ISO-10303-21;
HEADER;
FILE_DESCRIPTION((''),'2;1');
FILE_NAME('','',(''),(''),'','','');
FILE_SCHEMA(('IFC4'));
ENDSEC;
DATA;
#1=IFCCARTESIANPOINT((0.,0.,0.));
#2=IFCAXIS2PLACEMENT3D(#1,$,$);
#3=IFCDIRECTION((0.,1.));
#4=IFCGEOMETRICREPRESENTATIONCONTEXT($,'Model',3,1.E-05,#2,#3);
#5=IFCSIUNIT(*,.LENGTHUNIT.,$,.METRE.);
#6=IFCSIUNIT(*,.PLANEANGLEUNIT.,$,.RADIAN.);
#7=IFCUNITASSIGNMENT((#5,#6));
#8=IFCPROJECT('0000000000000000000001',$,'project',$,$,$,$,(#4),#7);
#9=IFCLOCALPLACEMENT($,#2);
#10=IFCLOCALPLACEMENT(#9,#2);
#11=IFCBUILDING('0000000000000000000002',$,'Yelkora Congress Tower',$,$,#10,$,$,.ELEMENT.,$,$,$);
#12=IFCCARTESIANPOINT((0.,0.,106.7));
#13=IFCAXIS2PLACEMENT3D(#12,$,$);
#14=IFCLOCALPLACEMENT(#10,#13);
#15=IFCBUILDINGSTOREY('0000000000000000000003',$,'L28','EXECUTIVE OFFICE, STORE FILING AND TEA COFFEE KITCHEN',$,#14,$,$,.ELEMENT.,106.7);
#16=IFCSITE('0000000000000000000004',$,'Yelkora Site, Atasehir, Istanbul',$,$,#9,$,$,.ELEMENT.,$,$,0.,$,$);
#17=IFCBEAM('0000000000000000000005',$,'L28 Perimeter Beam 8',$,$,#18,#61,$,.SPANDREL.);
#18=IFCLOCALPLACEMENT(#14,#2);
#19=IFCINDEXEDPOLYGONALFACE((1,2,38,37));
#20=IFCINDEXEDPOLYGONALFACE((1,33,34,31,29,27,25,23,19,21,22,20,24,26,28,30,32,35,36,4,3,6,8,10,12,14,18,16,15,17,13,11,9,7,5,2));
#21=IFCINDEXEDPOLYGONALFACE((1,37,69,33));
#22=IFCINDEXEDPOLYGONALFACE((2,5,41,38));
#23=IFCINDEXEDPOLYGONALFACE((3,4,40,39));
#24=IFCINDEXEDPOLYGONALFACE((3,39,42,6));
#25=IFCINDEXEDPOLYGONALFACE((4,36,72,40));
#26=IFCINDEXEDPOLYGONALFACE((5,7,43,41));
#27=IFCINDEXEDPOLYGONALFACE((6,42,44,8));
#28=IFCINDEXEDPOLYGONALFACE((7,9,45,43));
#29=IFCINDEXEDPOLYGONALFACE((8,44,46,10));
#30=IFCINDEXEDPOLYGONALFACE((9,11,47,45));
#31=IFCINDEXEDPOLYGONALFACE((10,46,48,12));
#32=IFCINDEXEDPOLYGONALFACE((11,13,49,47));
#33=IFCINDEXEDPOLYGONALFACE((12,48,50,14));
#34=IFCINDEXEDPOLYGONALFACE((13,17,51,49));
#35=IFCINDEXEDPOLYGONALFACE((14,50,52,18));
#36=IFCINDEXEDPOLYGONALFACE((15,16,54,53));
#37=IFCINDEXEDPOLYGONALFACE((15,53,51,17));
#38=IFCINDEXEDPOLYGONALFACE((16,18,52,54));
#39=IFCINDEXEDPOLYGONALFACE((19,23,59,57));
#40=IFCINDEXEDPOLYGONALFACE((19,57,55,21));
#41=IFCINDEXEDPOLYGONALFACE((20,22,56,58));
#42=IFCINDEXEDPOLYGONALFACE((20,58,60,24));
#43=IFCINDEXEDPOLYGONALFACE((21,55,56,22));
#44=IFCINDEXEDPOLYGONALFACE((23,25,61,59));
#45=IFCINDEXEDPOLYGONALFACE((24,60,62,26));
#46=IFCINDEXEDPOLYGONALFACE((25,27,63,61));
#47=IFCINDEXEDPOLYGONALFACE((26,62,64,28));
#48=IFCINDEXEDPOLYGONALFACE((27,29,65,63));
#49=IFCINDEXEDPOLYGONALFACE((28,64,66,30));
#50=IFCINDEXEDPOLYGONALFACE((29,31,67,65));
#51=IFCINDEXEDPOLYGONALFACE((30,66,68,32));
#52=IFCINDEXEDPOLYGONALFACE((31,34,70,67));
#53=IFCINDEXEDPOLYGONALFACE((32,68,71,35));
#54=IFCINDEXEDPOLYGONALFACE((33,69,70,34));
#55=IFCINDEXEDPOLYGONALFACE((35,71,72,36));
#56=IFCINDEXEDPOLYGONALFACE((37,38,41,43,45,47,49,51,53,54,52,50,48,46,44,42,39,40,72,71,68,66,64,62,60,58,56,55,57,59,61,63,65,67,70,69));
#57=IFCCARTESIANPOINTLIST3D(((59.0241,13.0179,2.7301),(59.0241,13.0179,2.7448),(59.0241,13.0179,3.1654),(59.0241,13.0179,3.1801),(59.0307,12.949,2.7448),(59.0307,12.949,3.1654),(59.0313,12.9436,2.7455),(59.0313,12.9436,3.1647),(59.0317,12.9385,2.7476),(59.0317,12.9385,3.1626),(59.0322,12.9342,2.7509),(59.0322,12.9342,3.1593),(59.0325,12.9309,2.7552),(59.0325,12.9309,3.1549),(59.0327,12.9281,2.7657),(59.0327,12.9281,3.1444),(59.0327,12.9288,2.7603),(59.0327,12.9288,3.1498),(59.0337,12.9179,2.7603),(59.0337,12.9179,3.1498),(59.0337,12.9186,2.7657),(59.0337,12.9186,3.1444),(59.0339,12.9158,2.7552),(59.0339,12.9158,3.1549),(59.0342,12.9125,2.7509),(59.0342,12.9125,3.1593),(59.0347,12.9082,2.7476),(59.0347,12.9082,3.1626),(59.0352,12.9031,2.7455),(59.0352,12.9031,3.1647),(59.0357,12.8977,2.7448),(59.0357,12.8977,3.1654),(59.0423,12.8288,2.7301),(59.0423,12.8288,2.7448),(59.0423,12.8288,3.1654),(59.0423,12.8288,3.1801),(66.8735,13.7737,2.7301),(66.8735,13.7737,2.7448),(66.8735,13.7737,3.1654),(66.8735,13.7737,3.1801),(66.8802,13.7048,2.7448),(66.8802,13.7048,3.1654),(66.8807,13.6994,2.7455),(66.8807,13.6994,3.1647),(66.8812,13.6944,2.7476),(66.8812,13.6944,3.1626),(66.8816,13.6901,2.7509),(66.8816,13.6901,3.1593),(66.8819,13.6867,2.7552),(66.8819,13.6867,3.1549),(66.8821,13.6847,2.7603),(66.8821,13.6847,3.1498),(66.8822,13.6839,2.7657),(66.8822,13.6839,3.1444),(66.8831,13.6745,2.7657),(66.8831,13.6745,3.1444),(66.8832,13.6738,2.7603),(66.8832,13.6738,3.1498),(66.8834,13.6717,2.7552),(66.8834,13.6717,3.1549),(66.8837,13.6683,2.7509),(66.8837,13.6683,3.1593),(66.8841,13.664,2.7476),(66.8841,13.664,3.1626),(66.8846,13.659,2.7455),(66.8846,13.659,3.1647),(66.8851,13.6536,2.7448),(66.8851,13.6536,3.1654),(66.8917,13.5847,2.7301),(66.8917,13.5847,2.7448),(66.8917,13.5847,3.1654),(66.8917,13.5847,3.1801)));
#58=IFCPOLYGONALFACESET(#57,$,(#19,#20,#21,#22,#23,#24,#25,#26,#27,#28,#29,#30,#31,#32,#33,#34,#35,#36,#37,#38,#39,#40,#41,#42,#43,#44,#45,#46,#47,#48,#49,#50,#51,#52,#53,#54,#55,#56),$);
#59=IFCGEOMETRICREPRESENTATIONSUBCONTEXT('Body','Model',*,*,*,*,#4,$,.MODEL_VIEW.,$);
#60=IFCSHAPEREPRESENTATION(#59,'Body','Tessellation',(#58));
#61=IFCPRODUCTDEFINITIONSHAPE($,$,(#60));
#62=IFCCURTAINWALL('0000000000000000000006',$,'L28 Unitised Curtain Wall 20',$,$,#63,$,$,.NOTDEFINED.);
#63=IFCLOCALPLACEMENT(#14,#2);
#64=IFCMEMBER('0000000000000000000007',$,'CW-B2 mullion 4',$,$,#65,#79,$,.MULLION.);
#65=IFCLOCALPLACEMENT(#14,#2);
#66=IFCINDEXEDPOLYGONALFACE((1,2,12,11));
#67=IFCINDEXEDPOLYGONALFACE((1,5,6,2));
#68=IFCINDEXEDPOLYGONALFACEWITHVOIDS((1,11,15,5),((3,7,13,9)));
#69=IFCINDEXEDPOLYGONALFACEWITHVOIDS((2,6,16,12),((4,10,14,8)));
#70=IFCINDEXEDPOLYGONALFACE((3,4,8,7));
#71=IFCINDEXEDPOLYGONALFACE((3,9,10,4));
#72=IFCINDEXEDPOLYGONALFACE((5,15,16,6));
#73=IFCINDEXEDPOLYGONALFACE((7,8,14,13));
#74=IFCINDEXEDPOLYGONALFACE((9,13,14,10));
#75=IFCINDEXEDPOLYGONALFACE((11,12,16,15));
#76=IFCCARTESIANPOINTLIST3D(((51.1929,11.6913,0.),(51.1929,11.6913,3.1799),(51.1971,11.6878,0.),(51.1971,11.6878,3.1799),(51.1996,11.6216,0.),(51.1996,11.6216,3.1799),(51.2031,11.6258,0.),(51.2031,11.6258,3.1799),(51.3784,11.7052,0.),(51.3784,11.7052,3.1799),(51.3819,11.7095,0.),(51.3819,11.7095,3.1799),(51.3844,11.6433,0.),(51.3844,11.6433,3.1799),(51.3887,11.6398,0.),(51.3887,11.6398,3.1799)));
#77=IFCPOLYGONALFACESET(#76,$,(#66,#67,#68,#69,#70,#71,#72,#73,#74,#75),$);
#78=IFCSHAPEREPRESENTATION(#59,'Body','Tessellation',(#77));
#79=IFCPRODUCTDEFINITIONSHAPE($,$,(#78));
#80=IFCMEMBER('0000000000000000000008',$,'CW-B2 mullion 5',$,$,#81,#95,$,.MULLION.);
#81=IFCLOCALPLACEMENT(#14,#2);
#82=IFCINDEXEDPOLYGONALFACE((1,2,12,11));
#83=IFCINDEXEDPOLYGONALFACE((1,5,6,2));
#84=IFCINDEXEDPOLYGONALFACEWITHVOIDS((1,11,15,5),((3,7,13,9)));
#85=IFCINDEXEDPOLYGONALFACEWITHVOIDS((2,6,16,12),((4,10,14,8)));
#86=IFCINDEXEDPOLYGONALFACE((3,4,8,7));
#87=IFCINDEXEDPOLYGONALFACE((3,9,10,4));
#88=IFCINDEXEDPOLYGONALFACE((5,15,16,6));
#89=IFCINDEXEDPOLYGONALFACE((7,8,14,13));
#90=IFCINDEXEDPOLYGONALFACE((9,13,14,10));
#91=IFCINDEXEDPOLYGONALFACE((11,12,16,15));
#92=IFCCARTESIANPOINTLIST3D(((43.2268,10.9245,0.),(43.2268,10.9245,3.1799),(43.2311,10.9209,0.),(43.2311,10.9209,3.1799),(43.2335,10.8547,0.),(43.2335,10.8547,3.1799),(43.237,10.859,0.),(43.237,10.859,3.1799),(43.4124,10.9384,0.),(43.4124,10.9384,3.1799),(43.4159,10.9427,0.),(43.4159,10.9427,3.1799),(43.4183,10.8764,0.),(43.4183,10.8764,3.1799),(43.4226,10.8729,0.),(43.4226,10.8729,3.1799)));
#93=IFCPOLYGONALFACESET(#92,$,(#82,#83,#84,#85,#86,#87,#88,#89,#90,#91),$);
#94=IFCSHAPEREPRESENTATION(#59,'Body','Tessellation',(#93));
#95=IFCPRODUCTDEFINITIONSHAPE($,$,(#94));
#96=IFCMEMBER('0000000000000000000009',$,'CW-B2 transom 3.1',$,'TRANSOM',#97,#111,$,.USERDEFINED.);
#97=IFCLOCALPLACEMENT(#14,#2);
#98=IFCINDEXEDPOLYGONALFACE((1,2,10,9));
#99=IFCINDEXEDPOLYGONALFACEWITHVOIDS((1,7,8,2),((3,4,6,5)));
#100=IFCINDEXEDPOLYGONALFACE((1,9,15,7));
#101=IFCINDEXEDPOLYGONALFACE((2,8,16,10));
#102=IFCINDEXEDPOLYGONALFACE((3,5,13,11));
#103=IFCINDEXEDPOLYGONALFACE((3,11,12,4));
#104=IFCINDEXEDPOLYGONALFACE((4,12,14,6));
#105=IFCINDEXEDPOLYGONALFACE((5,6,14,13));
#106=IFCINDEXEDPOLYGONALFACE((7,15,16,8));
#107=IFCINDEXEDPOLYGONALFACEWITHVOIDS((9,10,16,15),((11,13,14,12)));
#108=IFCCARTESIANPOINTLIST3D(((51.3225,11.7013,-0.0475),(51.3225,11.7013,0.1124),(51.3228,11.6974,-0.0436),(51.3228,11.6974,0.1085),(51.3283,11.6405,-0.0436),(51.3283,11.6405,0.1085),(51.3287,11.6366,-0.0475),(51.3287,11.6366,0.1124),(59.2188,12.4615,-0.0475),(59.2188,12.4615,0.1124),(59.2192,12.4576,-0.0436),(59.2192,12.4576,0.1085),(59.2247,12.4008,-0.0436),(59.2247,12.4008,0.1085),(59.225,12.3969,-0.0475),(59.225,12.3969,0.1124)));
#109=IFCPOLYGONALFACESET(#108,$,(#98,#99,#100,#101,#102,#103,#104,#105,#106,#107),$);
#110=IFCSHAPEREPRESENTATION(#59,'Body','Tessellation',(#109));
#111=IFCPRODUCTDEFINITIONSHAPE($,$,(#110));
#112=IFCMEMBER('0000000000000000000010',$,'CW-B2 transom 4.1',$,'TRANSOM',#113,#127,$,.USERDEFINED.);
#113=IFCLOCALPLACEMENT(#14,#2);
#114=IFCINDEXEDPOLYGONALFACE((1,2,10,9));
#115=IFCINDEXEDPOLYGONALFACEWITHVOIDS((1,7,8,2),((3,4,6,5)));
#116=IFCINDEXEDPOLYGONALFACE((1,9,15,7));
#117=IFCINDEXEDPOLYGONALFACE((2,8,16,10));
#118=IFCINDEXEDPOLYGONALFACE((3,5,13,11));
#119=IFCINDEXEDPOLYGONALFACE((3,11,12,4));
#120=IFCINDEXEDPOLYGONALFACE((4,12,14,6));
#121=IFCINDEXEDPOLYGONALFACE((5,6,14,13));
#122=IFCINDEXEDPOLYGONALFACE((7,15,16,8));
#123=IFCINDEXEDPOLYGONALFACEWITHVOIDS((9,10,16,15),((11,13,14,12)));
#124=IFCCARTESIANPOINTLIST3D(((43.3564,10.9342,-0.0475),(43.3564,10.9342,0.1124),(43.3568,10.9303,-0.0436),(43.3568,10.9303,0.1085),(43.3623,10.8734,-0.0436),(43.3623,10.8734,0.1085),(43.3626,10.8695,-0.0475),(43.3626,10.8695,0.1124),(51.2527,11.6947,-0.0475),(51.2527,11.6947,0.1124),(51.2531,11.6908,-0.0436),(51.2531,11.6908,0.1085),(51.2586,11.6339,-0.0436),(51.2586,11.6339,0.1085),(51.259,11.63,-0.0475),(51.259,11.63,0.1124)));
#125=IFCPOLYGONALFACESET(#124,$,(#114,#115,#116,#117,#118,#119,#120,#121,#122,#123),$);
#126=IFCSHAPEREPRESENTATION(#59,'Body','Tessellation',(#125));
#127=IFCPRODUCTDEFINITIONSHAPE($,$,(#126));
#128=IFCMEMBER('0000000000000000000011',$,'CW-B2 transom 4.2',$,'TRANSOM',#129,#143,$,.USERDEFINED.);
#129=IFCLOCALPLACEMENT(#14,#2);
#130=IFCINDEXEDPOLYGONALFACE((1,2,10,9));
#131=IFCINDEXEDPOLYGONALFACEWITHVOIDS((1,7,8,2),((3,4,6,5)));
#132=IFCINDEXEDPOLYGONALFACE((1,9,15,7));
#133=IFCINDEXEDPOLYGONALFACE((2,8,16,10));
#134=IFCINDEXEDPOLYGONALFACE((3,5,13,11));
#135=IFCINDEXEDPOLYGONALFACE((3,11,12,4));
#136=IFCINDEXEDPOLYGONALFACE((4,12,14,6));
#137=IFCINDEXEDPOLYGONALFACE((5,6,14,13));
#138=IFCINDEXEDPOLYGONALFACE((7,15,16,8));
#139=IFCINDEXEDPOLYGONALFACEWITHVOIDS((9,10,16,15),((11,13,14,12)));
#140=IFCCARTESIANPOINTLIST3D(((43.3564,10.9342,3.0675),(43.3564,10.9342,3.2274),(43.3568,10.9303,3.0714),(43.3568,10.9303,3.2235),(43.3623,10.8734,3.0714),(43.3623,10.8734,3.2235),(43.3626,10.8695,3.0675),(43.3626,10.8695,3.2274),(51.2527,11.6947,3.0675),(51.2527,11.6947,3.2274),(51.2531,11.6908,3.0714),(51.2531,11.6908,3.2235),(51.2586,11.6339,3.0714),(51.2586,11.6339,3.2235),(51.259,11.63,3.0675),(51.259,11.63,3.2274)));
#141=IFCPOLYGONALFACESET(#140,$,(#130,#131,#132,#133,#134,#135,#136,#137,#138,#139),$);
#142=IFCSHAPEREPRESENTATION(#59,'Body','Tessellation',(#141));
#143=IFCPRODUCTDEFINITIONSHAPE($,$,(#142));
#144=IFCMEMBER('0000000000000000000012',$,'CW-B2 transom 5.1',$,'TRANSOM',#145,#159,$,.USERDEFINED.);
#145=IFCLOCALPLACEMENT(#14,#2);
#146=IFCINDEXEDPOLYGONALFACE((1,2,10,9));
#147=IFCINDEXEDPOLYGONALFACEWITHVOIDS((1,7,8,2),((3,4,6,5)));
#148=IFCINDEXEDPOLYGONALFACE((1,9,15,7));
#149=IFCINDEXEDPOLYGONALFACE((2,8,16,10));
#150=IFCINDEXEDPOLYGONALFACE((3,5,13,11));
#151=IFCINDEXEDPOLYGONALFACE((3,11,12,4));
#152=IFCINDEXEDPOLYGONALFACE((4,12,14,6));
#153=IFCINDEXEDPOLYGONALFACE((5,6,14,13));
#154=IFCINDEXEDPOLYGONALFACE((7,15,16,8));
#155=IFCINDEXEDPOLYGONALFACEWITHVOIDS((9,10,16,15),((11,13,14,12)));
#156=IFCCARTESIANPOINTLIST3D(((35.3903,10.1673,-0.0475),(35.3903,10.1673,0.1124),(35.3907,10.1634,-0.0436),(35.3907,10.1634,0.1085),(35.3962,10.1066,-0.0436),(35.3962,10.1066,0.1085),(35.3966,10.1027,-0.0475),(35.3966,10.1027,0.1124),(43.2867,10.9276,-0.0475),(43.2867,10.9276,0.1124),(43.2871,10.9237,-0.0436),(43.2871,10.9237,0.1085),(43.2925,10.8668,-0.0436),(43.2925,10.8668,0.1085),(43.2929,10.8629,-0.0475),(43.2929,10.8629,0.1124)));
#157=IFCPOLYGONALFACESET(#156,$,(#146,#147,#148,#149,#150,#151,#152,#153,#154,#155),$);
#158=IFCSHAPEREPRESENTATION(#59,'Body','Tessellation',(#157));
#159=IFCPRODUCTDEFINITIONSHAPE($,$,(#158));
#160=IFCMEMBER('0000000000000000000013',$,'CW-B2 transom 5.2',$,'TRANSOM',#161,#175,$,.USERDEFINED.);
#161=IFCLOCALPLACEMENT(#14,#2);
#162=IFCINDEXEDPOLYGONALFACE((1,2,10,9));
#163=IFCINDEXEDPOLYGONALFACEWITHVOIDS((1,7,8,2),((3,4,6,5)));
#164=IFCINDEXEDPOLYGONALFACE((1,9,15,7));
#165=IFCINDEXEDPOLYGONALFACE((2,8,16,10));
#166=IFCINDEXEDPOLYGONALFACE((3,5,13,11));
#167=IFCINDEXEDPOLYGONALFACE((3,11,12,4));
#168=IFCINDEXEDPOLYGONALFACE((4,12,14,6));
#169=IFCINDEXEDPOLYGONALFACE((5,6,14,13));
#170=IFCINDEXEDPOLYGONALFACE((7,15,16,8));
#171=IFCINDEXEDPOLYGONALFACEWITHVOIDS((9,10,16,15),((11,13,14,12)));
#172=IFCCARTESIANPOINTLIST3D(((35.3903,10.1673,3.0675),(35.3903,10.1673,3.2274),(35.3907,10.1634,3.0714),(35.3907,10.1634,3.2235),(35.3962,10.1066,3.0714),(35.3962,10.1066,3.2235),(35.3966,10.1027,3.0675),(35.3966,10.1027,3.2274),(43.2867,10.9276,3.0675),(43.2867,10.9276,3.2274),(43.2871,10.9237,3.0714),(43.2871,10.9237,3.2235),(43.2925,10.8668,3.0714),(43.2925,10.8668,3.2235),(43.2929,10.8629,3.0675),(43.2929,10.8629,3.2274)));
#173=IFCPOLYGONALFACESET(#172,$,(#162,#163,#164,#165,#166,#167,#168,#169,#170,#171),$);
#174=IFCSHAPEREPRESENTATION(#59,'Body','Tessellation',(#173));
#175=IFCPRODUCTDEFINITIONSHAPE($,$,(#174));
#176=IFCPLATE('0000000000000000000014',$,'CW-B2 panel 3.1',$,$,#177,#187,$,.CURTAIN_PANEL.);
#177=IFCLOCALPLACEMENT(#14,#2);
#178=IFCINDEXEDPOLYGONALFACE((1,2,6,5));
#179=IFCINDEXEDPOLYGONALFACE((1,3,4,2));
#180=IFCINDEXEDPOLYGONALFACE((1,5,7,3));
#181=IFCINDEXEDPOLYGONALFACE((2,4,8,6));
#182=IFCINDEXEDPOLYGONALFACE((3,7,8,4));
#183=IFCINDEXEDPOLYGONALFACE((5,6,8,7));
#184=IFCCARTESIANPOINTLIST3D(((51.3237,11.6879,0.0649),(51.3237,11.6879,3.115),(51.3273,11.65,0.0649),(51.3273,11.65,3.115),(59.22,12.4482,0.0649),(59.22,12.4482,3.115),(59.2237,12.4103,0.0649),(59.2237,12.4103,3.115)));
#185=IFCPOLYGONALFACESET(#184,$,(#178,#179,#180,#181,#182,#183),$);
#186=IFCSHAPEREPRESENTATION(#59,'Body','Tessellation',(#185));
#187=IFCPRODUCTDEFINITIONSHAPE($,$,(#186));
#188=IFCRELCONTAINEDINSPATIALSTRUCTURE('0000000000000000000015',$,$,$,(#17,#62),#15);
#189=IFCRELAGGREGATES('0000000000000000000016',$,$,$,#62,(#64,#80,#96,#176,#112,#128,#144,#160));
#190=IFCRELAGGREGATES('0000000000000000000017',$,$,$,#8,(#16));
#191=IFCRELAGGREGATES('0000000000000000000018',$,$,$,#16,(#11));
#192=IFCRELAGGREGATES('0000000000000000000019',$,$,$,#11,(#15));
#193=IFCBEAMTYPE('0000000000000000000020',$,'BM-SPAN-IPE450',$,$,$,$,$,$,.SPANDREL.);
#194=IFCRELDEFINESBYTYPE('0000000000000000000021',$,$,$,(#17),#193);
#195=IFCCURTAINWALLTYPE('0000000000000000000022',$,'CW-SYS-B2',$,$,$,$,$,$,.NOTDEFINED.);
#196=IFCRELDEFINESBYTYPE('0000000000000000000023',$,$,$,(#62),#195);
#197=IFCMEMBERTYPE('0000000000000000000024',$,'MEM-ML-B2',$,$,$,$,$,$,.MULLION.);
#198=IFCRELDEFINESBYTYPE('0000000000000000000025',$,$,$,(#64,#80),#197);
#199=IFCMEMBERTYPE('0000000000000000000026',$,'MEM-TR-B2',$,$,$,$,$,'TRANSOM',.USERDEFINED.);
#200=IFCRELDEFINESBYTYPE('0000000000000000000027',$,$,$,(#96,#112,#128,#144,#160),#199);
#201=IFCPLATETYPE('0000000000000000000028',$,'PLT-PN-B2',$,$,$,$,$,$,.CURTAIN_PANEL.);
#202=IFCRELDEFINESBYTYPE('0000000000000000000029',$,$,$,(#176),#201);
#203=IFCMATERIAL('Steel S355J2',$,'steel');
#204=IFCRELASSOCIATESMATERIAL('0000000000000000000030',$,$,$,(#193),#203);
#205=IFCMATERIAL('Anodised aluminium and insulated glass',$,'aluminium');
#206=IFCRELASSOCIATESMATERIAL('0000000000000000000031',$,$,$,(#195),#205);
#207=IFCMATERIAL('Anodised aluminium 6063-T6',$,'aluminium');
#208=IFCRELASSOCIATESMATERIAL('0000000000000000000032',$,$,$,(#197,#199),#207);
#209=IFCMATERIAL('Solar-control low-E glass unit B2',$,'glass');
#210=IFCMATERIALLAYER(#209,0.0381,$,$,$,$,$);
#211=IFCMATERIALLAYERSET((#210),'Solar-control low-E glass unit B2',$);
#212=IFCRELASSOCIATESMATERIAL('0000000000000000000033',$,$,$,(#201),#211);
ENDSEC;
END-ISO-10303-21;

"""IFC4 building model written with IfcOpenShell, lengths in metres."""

from ifc_helpers import new_model, si_unit, direction, frame, origin, origin_2d, place, context, subcontext, project, spatial, rectangle, hollow_rectangle, i_section, extrude, material, layer, layer_set, material_profile, profile_set, type_object, element, aggregate, save


model = new_model("IFC4")

# Units and contexts
model_context = context("Model", 3, precision=1e-05, world=origin(), true_north=direction((0.0, 1.0)))
body_context = subcontext(model_context, "Body", "Model", "MODEL_VIEW")
ifc_project = project(units=[si_unit("LENGTHUNIT", "METRE"), si_unit("PLANEANGLEUNIT", "RADIAN")], contexts=[model_context])

# Site, building, storey
site_placement = place(None, origin())
site = spatial("IfcSite", under=ifc_project, at=site_placement, Name="Yelkora Site, Atasehir, Istanbul", CompositionType="ELEMENT", RefElevation=0.0)
building_placement = place(site_placement, origin())
building = spatial("IfcBuilding", under=site, at=building_placement, Name="Yelkora Congress Tower", CompositionType="ELEMENT")
storey_placement = place(building_placement, frame((0.0, 0.0, 106.7)))
storey = spatial("IfcBuildingStorey", under=building, at=storey_placement, Name="L28", Description="EXECUTIVE OFFICE, STORE FILING AND TEA COFFEE KITCHEN", CompositionType="ELEMENT", Elevation=106.7)

# Beam
ifc_material_1 = material(Name="Steel S355J2", Category="steel")
ifc_material_profile_1 = material_profile(ifc_material_1, i_section(OverallWidth=0.1899, OverallDepth=0.45, WebThickness=0.0095, FlangeThickness=0.0146, FilletRadius=0.021, at=origin_2d()), Name="IPE 450")
ifc_profile_set_1 = profile_set([ifc_material_profile_1], Name="Steel S355J2")
beam_type_1 = type_object("IfcBeamType", Name="BM-SPAN-IPE450", PredefinedType="SPANDREL", material=ifc_profile_set_1)
beam_1_placement = place(storey_placement, frame((59.0332, 12.9233, 2.9551), z_axis=(0.995396, 0.095852, 0.0), x_axis=(-0.095852, 0.995396, 0.0)))
element("IfcBeam", 1, at=beam_1_placement, inside=storey, type_object=beam_type_1, Name="L28 Perimeter Beam 8", PredefinedType="SPANDREL", context=body_context, shape_type="SweptSolid", body=[
    extrude(i_section(OverallWidth=0.1899, OverallDepth=0.45, WebThickness=0.0095, FlangeThickness=0.0146, FilletRadius=0.021, at=origin_2d()), origin(), (0.0, 0.0, 1.0), 7.8857),
])

# Curtain wall, members, plate
ifc_material_2 = material(Name="Anodised aluminium and insulated glass", Category="aluminium")
curtain_wall_type = type_object("IfcCurtainWallType", Name="CW-SYS-B2", PredefinedType="NOTDEFINED", material=ifc_material_2)
curtain_wall_placement = place(storey_placement, origin())
curtain_wall = element("IfcCurtainWall", 2, at=curtain_wall_placement, inside=storey, type_object=curtain_wall_type, Name="L28 Unitised Curtain Wall 20", PredefinedType="NOTDEFINED")
ifc_material_3 = material(Name="Anodised aluminium 6063-T6", Category="aluminium")
ifc_material_profile_2 = material_profile(ifc_material_3, hollow_rectangle(XDim=0.0701, YDim=0.1899, WallThickness=0.0039, at=origin_2d()), Name="ALU 70x190x4")
ifc_profile_set_2 = profile_set([ifc_material_profile_2], Name="Anodised aluminium 6063-T6")
member_type_1 = type_object("IfcMemberType", Name="MEM-ML-B2", PredefinedType="MULLION", material=ifc_profile_set_2)
member_1_placement = place(storey_placement, frame((51.2908, 11.6655, 0.0), z_axis=(0.0, 0.0, 1.0), x_axis=(0.095844, -0.995396, 0.0)))
member_1 = element("IfcMember", 3, at=member_1_placement, type_object=member_type_1, Name="CW-B2 mullion 4", PredefinedType="MULLION", context=body_context, shape_type="SweptSolid", body=[
    extrude(hollow_rectangle(XDim=0.0701, YDim=0.1899, WallThickness=0.0039, at=origin_2d()), origin(), (0.0, 0.0, 1.0), 3.1799),
])
member_2_placement = place(storey_placement, frame((43.3247, 10.8987, 0.0), z_axis=(0.0, 0.0, 1.0), x_axis=(0.095844, -0.995396, 0.0)))
member_2 = element("IfcMember", 4, at=member_2_placement, type_object=member_type_1, Name="CW-B2 mullion 5", PredefinedType="MULLION", context=body_context, shape_type="SweptSolid", body=[
    extrude(hollow_rectangle(XDim=0.0701, YDim=0.1899, WallThickness=0.0039, at=origin_2d()), origin(), (0.0, 0.0, 1.0), 3.1799),
])
ifc_material_profile_3 = material_profile(ifc_material_3, hollow_rectangle(XDim=0.0649, YDim=0.1599, WallThickness=0.0039, at=origin_2d()), Name="ALU 65x160x4")
ifc_profile_set_3 = profile_set([ifc_material_profile_3], Name="Anodised aluminium 6063-T6")
member_type_2 = type_object("IfcMemberType", Name="MEM-TR-B2", ElementType="TRANSOM", PredefinedType="USERDEFINED", material=ifc_profile_set_3)
member_3_placement = place(storey_placement, frame((59.2219, 12.4292, 0.0325), z_axis=(-0.995397, -0.095837, 0.0), x_axis=(0.095837, -0.995397, 0.0)))
member_3 = element("IfcMember", 5, at=member_3_placement, type_object=member_type_2, Name="CW-B2 transom 3.1", ObjectType="TRANSOM", PredefinedType="USERDEFINED", context=body_context, shape_type="SweptSolid", body=[
    extrude(hollow_rectangle(XDim=0.0649, YDim=0.1599, WallThickness=0.0039, at=origin_2d()), origin(), (0.0, 0.0, 1.0), 7.9329),
])
member_4_placement = place(storey_placement, frame((51.2559, 11.6624, 0.0325), z_axis=(-0.995394, -0.095868, 0.0), x_axis=(0.095868, -0.995394, 0.0)))
member_4 = element("IfcMember", 6, at=member_4_placement, type_object=member_type_2, Name="CW-B2 transom 4.1", ObjectType="TRANSOM", PredefinedType="USERDEFINED", context=body_context, shape_type="SweptSolid", body=[
    extrude(hollow_rectangle(XDim=0.0649, YDim=0.1599, WallThickness=0.0039, at=origin_2d()), origin(), (0.0, 0.0, 1.0), 7.9329),
])
member_5_placement = place(storey_placement, frame((51.2559, 11.6624, 3.1475), z_axis=(-0.995394, -0.095868, 0.0), x_axis=(0.095868, -0.995394, 0.0)))
member_5 = element("IfcMember", 7, at=member_5_placement, type_object=member_type_2, Name="CW-B2 transom 4.2", ObjectType="TRANSOM", PredefinedType="USERDEFINED", context=body_context, shape_type="SweptSolid", body=[
    extrude(hollow_rectangle(XDim=0.0649, YDim=0.1599, WallThickness=0.0039, at=origin_2d()), origin(), (0.0, 0.0, 1.0), 7.9329),
])
member_6_placement = place(storey_placement, frame((43.2898, 10.8953, 0.0325), z_axis=(-0.995397, -0.095837, 0.0), x_axis=(0.095837, -0.995397, 0.0)))
member_6 = element("IfcMember", 8, at=member_6_placement, type_object=member_type_2, Name="CW-B2 transom 5.1", ObjectType="TRANSOM", PredefinedType="USERDEFINED", context=body_context, shape_type="SweptSolid", body=[
    extrude(hollow_rectangle(XDim=0.0649, YDim=0.1599, WallThickness=0.0039, at=origin_2d()), origin(), (0.0, 0.0, 1.0), 7.9329),
])
member_7_placement = place(storey_placement, frame((43.2898, 10.8953, 3.1475), z_axis=(-0.995397, -0.095837, 0.0), x_axis=(0.095837, -0.995397, 0.0)))
member_7 = element("IfcMember", 9, at=member_7_placement, type_object=member_type_2, Name="CW-B2 transom 5.2", ObjectType="TRANSOM", PredefinedType="USERDEFINED", context=body_context, shape_type="SweptSolid", body=[
    extrude(hollow_rectangle(XDim=0.0649, YDim=0.1599, WallThickness=0.0039, at=origin_2d()), origin(), (0.0, 0.0, 1.0), 7.9329),
])
ifc_material_4 = material(Name="Solar-control low-E glass unit B2", Category="glass")
ifc_layer_1 = layer(ifc_material_4, 0.0381)
ifc_layer_set_1 = layer_set([ifc_layer_1], Name="Solar-control low-E glass unit B2")
plate_type = type_object("IfcPlateType", Name="PLT-PN-B2", PredefinedType="CURTAIN_PANEL", material=ifc_layer_set_1)
plate_1_placement = place(storey_placement, frame((55.2737, 12.0491, 0.0649), z_axis=(0.0, 0.0, 1.0), x_axis=(-0.995396, -0.095844, 0.0)))
plate_1 = element("IfcPlate", 10, at=plate_1_placement, type_object=plate_type, Name="CW-B2 panel 3.1", PredefinedType="CURTAIN_PANEL", context=body_context, shape_type="SweptSolid", body=[
    extrude(rectangle(XDim=7.9329, YDim=0.0381, at=origin_2d()), origin(), (0.0, 0.0, 1.0), 3.05),
])
aggregate(curtain_wall, [member_1, member_2, member_3, plate_1, member_4, member_5, member_6, member_7])

save(model, "model.ifc")
